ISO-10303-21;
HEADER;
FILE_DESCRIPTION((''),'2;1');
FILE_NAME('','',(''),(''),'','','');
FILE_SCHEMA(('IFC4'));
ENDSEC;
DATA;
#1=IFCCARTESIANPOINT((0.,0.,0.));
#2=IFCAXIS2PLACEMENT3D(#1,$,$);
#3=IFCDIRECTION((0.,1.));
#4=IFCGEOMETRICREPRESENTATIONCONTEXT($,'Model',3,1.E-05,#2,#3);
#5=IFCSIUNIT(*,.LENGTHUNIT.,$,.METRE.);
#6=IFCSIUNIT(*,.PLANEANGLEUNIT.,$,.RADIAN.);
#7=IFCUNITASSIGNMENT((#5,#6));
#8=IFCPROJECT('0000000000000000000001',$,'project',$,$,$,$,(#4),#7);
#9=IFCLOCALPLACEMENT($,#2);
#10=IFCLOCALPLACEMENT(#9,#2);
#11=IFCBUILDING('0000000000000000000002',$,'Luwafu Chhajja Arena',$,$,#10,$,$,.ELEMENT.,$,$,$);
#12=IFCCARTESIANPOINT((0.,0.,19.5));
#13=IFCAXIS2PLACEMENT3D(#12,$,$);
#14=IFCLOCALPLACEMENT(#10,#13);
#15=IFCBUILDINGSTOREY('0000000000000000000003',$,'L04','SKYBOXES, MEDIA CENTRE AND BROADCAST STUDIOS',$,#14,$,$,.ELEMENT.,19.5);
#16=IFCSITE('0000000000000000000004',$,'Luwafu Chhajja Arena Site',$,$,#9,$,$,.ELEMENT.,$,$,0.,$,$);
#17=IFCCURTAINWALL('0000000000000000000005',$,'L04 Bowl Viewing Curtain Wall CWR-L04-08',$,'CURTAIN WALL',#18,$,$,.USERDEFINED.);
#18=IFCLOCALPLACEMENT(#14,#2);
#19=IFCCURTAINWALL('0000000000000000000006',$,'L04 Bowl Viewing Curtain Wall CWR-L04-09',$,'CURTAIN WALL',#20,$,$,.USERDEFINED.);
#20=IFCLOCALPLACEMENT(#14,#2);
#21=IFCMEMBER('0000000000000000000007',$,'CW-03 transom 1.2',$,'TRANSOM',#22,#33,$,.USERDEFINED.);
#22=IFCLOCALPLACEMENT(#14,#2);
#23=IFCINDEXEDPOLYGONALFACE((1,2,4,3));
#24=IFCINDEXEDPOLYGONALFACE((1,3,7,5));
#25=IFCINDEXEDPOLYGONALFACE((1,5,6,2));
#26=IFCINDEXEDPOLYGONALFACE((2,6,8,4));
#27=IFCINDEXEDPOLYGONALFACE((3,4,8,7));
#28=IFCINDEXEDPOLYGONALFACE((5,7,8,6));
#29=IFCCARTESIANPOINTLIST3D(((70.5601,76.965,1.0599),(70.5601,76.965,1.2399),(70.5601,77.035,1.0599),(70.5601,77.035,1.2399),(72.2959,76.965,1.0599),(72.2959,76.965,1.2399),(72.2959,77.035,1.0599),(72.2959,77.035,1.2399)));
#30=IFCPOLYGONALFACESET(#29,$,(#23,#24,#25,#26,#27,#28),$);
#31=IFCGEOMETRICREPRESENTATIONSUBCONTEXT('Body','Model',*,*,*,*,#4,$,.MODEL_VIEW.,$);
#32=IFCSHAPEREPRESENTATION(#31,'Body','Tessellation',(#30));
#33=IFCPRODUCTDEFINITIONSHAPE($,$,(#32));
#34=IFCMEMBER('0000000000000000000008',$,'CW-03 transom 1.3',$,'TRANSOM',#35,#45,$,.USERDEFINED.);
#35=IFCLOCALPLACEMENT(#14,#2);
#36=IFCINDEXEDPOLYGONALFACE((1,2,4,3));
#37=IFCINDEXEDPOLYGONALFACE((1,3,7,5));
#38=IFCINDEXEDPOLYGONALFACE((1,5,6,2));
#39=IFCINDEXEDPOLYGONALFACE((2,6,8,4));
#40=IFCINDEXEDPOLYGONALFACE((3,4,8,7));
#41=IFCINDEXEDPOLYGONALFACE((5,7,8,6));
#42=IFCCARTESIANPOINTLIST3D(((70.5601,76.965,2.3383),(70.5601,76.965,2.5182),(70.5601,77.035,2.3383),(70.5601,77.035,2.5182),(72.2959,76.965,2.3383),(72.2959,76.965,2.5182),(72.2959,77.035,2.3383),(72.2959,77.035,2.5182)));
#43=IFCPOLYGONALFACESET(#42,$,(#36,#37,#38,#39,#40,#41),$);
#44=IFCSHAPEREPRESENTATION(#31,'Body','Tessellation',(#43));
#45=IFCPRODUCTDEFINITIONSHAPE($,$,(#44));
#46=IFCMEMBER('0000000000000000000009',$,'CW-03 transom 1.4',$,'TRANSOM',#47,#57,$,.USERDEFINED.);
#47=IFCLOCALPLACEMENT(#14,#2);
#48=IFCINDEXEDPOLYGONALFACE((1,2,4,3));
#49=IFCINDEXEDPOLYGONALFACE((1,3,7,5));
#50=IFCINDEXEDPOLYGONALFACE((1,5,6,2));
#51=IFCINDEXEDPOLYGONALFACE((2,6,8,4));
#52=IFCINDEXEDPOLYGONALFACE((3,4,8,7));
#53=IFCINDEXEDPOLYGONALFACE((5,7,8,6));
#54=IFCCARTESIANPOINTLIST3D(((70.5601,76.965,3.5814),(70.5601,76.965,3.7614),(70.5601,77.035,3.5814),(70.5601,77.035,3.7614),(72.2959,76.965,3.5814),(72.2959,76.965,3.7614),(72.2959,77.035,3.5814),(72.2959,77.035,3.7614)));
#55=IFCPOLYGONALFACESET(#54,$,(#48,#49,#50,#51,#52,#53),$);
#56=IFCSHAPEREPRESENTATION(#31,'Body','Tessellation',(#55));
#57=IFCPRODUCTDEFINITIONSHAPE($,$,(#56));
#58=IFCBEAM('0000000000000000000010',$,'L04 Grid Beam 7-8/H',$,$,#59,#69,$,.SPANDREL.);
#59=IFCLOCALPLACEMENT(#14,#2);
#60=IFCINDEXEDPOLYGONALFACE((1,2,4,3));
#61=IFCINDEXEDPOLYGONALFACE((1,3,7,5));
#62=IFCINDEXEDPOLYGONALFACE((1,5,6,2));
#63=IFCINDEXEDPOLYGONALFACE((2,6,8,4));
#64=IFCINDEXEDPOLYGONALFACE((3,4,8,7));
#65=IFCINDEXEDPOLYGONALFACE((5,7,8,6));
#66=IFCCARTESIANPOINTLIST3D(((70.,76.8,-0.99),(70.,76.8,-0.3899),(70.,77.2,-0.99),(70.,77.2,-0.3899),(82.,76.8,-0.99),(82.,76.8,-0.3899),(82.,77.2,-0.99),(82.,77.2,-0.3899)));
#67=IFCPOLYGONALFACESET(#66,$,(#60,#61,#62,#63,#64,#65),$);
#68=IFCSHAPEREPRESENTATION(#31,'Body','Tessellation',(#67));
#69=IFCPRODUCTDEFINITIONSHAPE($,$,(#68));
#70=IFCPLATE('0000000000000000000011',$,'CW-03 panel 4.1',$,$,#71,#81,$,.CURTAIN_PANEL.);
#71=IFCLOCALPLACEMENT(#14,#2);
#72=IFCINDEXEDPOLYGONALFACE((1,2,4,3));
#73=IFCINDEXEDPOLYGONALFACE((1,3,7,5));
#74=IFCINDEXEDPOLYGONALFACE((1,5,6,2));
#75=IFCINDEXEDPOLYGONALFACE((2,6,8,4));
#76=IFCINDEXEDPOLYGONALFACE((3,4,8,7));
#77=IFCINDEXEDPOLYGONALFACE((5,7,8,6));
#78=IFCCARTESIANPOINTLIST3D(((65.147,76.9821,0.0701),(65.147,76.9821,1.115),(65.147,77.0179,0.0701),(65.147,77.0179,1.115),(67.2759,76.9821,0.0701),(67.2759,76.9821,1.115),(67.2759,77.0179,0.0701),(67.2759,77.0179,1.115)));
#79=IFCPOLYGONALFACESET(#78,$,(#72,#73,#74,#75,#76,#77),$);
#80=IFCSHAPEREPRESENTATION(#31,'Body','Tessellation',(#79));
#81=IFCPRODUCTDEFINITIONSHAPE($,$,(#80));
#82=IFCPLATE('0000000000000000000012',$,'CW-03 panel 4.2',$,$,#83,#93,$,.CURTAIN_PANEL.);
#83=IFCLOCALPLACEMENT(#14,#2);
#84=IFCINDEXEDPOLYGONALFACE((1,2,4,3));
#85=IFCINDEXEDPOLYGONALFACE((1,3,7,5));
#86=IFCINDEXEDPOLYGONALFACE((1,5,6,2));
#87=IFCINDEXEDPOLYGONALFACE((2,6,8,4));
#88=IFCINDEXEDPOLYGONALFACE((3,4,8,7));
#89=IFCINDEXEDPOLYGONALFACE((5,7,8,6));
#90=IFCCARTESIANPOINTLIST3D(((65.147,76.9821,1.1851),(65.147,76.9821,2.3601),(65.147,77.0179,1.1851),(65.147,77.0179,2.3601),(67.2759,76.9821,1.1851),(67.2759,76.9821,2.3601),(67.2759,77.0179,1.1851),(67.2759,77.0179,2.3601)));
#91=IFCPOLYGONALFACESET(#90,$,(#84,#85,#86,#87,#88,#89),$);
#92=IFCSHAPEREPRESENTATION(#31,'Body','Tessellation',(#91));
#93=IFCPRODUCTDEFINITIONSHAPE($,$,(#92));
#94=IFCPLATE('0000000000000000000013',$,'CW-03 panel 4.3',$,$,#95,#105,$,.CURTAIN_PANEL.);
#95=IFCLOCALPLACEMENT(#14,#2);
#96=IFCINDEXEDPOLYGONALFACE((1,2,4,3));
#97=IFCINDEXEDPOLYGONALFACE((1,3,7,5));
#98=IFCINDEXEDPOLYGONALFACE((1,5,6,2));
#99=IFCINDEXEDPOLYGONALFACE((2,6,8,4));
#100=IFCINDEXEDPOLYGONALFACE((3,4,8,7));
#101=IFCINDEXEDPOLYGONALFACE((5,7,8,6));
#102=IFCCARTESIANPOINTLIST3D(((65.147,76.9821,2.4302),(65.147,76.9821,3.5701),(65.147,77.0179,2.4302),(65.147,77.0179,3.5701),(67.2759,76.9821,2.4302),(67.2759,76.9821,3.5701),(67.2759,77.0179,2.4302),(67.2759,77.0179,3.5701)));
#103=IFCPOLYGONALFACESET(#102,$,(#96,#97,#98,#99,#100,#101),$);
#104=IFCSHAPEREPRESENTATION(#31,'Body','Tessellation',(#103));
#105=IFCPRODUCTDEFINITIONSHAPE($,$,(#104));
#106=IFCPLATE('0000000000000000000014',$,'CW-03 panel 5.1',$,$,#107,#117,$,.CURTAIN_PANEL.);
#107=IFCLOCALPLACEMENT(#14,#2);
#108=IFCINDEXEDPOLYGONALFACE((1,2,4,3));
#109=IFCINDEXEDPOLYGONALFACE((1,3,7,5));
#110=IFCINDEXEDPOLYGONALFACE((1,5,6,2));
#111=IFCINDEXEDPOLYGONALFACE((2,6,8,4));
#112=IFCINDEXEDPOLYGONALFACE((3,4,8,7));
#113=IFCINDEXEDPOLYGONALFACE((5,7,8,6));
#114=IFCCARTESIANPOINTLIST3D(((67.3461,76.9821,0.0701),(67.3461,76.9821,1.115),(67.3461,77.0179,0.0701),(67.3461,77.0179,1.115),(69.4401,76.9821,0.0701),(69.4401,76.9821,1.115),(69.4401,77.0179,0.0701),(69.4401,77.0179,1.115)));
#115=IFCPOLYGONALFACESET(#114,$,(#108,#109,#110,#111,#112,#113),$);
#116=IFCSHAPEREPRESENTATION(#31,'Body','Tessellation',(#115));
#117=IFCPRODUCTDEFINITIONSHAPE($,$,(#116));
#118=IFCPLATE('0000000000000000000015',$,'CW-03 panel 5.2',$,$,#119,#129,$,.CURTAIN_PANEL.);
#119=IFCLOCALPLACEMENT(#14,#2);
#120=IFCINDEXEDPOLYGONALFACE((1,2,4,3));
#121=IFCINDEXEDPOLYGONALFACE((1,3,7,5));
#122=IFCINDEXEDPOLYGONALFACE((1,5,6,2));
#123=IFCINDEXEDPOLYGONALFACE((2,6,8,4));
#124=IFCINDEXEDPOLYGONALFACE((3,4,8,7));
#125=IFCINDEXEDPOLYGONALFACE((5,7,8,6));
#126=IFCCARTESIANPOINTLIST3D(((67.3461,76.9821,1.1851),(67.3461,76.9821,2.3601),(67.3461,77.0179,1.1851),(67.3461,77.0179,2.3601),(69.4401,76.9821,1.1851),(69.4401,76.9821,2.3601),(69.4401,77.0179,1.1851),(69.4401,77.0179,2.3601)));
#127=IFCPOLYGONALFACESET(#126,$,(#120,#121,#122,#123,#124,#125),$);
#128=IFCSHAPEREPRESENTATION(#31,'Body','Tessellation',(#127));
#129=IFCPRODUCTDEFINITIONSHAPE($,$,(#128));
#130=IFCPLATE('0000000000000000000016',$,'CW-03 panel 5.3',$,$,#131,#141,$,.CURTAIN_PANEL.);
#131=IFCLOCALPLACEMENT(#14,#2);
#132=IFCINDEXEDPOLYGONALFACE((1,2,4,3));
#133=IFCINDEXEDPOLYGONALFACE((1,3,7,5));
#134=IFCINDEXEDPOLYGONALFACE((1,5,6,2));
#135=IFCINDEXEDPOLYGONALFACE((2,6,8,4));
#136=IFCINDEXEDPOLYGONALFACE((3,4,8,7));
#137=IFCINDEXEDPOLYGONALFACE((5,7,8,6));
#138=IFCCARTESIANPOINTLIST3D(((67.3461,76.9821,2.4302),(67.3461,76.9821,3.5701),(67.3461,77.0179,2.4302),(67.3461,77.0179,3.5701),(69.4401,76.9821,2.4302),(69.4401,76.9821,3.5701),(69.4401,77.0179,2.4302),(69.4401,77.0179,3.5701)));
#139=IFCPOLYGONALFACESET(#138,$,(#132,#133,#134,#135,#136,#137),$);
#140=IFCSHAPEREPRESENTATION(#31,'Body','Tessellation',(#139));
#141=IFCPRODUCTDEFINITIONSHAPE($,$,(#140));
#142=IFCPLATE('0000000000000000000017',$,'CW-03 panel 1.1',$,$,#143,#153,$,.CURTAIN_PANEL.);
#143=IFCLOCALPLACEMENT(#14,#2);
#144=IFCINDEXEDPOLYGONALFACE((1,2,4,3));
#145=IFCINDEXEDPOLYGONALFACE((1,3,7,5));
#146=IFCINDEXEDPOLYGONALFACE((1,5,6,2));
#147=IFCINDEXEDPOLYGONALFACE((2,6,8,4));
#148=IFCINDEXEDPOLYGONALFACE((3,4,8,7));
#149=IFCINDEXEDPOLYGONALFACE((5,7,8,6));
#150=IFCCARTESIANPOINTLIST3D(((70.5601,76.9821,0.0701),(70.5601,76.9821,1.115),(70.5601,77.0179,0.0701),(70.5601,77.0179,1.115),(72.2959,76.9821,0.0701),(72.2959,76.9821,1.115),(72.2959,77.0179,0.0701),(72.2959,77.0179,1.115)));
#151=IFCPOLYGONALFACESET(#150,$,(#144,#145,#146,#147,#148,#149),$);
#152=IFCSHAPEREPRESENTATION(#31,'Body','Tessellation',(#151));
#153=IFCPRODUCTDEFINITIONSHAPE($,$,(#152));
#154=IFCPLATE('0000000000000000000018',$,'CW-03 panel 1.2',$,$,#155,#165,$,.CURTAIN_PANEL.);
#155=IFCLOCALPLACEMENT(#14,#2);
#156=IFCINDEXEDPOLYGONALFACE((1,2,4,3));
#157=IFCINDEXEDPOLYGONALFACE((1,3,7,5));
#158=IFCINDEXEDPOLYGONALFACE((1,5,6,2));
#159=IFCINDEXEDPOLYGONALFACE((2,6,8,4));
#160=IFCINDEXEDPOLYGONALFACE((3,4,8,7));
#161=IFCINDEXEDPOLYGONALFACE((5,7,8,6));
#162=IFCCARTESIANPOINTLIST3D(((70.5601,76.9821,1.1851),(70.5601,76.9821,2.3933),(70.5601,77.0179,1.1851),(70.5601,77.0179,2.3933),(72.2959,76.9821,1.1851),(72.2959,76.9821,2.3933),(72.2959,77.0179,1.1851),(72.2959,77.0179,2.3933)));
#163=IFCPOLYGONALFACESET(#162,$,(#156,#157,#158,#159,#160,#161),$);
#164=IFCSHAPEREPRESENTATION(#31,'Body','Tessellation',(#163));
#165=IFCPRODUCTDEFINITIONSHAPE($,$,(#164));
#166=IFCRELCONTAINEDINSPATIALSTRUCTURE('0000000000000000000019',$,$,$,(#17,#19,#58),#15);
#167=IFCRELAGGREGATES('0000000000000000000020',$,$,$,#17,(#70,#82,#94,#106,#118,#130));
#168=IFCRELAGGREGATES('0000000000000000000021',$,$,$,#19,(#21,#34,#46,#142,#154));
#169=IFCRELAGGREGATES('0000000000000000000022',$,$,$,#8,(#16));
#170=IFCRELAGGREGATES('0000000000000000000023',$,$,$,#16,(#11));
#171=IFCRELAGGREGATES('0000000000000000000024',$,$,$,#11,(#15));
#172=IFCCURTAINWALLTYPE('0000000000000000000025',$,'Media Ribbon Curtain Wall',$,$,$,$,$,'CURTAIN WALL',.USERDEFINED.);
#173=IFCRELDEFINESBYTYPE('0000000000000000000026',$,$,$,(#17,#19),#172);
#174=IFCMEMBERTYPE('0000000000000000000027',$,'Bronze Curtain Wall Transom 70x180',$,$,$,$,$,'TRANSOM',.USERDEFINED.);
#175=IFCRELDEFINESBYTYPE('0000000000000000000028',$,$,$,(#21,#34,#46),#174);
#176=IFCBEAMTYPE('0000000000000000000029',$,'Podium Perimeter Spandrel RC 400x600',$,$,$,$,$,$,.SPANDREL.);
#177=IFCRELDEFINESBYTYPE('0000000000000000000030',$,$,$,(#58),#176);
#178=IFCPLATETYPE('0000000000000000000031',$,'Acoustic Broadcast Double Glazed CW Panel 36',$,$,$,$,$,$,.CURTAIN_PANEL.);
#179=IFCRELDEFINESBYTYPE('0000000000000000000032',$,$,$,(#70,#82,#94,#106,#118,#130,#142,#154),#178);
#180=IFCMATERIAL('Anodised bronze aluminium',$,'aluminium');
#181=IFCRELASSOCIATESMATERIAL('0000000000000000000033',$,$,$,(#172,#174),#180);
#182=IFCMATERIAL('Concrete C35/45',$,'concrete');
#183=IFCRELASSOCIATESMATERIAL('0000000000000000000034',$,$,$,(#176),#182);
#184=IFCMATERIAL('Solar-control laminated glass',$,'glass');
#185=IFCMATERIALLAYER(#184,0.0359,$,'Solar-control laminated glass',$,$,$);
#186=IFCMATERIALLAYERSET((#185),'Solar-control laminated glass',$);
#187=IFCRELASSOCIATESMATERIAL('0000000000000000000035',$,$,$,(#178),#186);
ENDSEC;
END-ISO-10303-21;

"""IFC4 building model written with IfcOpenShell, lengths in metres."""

from ifc_helpers import new_model, si_unit, direction, frame, origin, origin_2d, place, context, subcontext, project, spatial, rectangle, extrude, material, layer, layer_set, material_profile, profile_set, type_object, element, aggregate, save


model = new_model("IFC4")

# Units and contexts
model_context = context("Model", 3, precision=1e-05, world=origin(), true_north=direction((0.0, 1.0)))
body_context = subcontext(model_context, "Body", "Model", "MODEL_VIEW")
ifc_project = project(units=[si_unit("LENGTHUNIT", "METRE"), si_unit("PLANEANGLEUNIT", "RADIAN")], contexts=[model_context])

# Site, building, storey
site_placement = place(None, origin())
site = spatial("IfcSite", under=ifc_project, at=site_placement, Name="Luwafu Chhajja Arena Site", CompositionType="ELEMENT", RefElevation=0.0)
building_placement = place(site_placement, origin())
building = spatial("IfcBuilding", under=site, at=building_placement, Name="Luwafu Chhajja Arena", CompositionType="ELEMENT")
storey_placement = place(building_placement, frame((0.0, 0.0, 19.5)))
storey = spatial("IfcBuildingStorey", under=building, at=storey_placement, Name="L04", Description="SKYBOXES, MEDIA CENTRE AND BROADCAST STUDIOS", CompositionType="ELEMENT", Elevation=19.5)

# Shared definitions
ifc_material_1 = material(Name="Concrete C35/45", Category="concrete")

# Curtain wall
ifc_material_2 = material(Name="Anodised bronze aluminium", Category="aluminium")
curtain_wall_type = type_object("IfcCurtainWallType", Name="Media Ribbon Curtain Wall", ElementType="CURTAIN WALL", PredefinedType="USERDEFINED", material=ifc_material_2)
curtain_wall_1_placement = place(storey_placement, origin())
curtain_wall_1 = element("IfcCurtainWall", 1, at=curtain_wall_1_placement, inside=storey, type_object=curtain_wall_type, Name="L04 Bowl Viewing Curtain Wall CWR-L04-08", ObjectType="CURTAIN WALL", PredefinedType="USERDEFINED")

# Curtain wall
curtain_wall_2_placement = place(storey_placement, origin())
curtain_wall_2 = element("IfcCurtainWall", 2, at=curtain_wall_2_placement, inside=storey, type_object=curtain_wall_type, Name="L04 Bowl Viewing Curtain Wall CWR-L04-09", ObjectType="CURTAIN WALL", PredefinedType="USERDEFINED")

# Members
ifc_material_profile_1 = material_profile(ifc_material_2, rectangle(XDim=0.0701, YDim=0.1799, at=origin_2d()), Name="CWT 70x180")
ifc_profile_set_1 = profile_set([ifc_material_profile_1], Name="Anodised bronze aluminium")
member_type_1 = type_object("IfcMemberType", Name="Bronze Curtain Wall Transom 70x180", ElementType="TRANSOM", PredefinedType="USERDEFINED", material=ifc_profile_set_1)
member_1_placement = place(storey_placement, frame((70.5601, 77.0, 1.1499), z_axis=(1.0, 0.0, 0.0), x_axis=(0.0, 1.0, 0.0)))
member_1 = element("IfcMember", 3, at=member_1_placement, type_object=member_type_1, Name="CW-03 transom 1.2", ObjectType="TRANSOM", PredefinedType="USERDEFINED", context=body_context, shape_type="SweptSolid", body=[
    extrude(rectangle(XDim=0.0701, YDim=0.1799, at=origin_2d()), origin(), (0.0, 0.0, 1.0), 1.7358),
])
member_2_placement = place(storey_placement, frame((70.5601, 77.0, 2.4282), z_axis=(1.0, 0.0, 0.0), x_axis=(0.0, 1.0, 0.0)))
member_2 = element("IfcMember", 4, at=member_2_placement, type_object=member_type_1, Name="CW-03 transom 1.3", ObjectType="TRANSOM", PredefinedType="USERDEFINED", context=body_context, shape_type="SweptSolid", body=[
    extrude(rectangle(XDim=0.0701, YDim=0.1799, at=origin_2d()), origin(), (0.0, 0.0, 1.0), 1.7358),
])
member_3_placement = place(storey_placement, frame((70.5601, 77.0, 3.6714), z_axis=(1.0, 0.0, 0.0), x_axis=(0.0, 1.0, 0.0)))
member_3 = element("IfcMember", 5, at=member_3_placement, type_object=member_type_1, Name="CW-03 transom 1.4", ObjectType="TRANSOM", PredefinedType="USERDEFINED", context=body_context, shape_type="SweptSolid", body=[
    extrude(rectangle(XDim=0.0701, YDim=0.1799, at=origin_2d()), origin(), (0.0, 0.0, 1.0), 1.7358),
])

# Beam
ifc_material_profile_2 = material_profile(ifc_material_1, rectangle(XDim=0.3999, YDim=0.6001, at=origin_2d()), Name="RC 400x600")
ifc_profile_set_2 = profile_set([ifc_material_profile_2], Name="Concrete C35/45")
beam_type_1 = type_object("IfcBeamType", Name="Podium Perimeter Spandrel RC 400x600", PredefinedType="SPANDREL", material=ifc_profile_set_2)
beam_1_placement = place(storey_placement, frame((70.0, 77.0, -0.6899), z_axis=(1.0, 0.0, 0.0), x_axis=(0.0, 1.0, 0.0)))
element("IfcBeam", 6, at=beam_1_placement, inside=storey, type_object=beam_type_1, Name="L04 Grid Beam 7-8/H", PredefinedType="SPANDREL", context=body_context, shape_type="SweptSolid", body=[
    extrude(rectangle(XDim=0.3999, YDim=0.6001, at=origin_2d()), origin(), (0.0, 0.0, 1.0), 12.0),
])

# Plates
ifc_material_3 = material(Name="Solar-control laminated glass", Category="glass")
ifc_layer = layer(ifc_material_3, 0.0359, Name="Solar-control laminated glass")
ifc_layer_set = layer_set([ifc_layer], Name="Solar-control laminated glass")
plate_type = type_object("IfcPlateType", Name="Acoustic Broadcast Double Glazed CW Panel 36", PredefinedType="CURTAIN_PANEL", material=ifc_layer_set)
plate_1_placement = place(storey_placement, frame((66.2114, 77.0, 0.0701), z_axis=(0.0, 0.0, 1.0), x_axis=(1.0, 0.0, 0.0)))
plate_1 = element("IfcPlate", 7, at=plate_1_placement, type_object=plate_type, Name="CW-03 panel 4.1", PredefinedType="CURTAIN_PANEL", context=body_context, shape_type="SweptSolid", body=[
    extrude(rectangle(XDim=2.1289, YDim=0.0359, at=origin_2d()), origin(), (0.0, 0.0, 1.0), 1.0449),
])
plate_2_placement = place(storey_placement, frame((66.2114, 77.0, 1.1851), z_axis=(0.0, 0.0, 1.0), x_axis=(1.0, 0.0, 0.0)))
plate_2 = element("IfcPlate", 8, at=plate_2_placement, type_object=plate_type, Name="CW-03 panel 4.2", PredefinedType="CURTAIN_PANEL", context=body_context, shape_type="SweptSolid", body=[
    extrude(rectangle(XDim=2.1289, YDim=0.0359, at=origin_2d()), origin(), (0.0, 0.0, 1.0), 1.175),
])
plate_3_placement = place(storey_placement, frame((66.2114, 77.0, 2.4302), z_axis=(0.0, 0.0, 1.0), x_axis=(1.0, 0.0, 0.0)))
plate_3 = element("IfcPlate", 9, at=plate_3_placement, type_object=plate_type, Name="CW-03 panel 4.3", PredefinedType="CURTAIN_PANEL", context=body_context, shape_type="SweptSolid", body=[
    extrude(rectangle(XDim=2.1289, YDim=0.0359, at=origin_2d()), origin(), (0.0, 0.0, 1.0), 1.1399),
])
plate_4_placement = place(storey_placement, frame((68.3931, 77.0, 0.0701), z_axis=(0.0, 0.0, 1.0), x_axis=(1.0, 0.0, 0.0)))
plate_4 = element("IfcPlate", 10, at=plate_4_placement, type_object=plate_type, Name="CW-03 panel 5.1", PredefinedType="CURTAIN_PANEL", context=body_context, shape_type="SweptSolid", body=[
    extrude(rectangle(XDim=2.094, YDim=0.0359, at=origin_2d()), origin(), (0.0, 0.0, 1.0), 1.0449),
])
plate_5_placement = place(storey_placement, frame((68.3931, 77.0, 1.1851), z_axis=(0.0, 0.0, 1.0), x_axis=(1.0, 0.0, 0.0)))
plate_5 = element("IfcPlate", 11, at=plate_5_placement, type_object=plate_type, Name="CW-03 panel 5.2", PredefinedType="CURTAIN_PANEL", context=body_context, shape_type="SweptSolid", body=[
    extrude(rectangle(XDim=2.094, YDim=0.0359, at=origin_2d()), origin(), (0.0, 0.0, 1.0), 1.175),
])
plate_6_placement = place(storey_placement, frame((68.3931, 77.0, 2.4302), z_axis=(0.0, 0.0, 1.0), x_axis=(1.0, 0.0, 0.0)))
plate_6 = element("IfcPlate", 12, at=plate_6_placement, type_object=plate_type, Name="CW-03 panel 5.3", PredefinedType="CURTAIN_PANEL", context=body_context, shape_type="SweptSolid", body=[
    extrude(rectangle(XDim=2.094, YDim=0.0359, at=origin_2d()), origin(), (0.0, 0.0, 1.0), 1.1399),
])
aggregate(curtain_wall_1, [plate_1, plate_2, plate_3, plate_4, plate_5, plate_6])
plate_7_placement = place(storey_placement, frame((71.428, 77.0, 0.0701), z_axis=(0.0, 0.0, 1.0), x_axis=(1.0, 0.0, 0.0)))
plate_7 = element("IfcPlate", 13, at=plate_7_placement, type_object=plate_type, Name="CW-03 panel 1.1", PredefinedType="CURTAIN_PANEL", context=body_context, shape_type="SweptSolid", body=[
    extrude(rectangle(XDim=1.7358, YDim=0.0359, at=origin_2d()), origin(), (0.0, 0.0, 1.0), 1.0449),
])
plate_8_placement = place(storey_placement, frame((71.428, 77.0, 1.1851), z_axis=(0.0, 0.0, 1.0), x_axis=(1.0, 0.0, 0.0)))
plate_8 = element("IfcPlate", 14, at=plate_8_placement, type_object=plate_type, Name="CW-03 panel 1.2", PredefinedType="CURTAIN_PANEL", context=body_context, shape_type="SweptSolid", body=[
    extrude(rectangle(XDim=1.7358, YDim=0.0359, at=origin_2d()), origin(), (0.0, 0.0, 1.0), 1.2083),
])
aggregate(curtain_wall_2, [member_1, member_2, member_3, plate_7, plate_8])

save(model, "model.ifc")
